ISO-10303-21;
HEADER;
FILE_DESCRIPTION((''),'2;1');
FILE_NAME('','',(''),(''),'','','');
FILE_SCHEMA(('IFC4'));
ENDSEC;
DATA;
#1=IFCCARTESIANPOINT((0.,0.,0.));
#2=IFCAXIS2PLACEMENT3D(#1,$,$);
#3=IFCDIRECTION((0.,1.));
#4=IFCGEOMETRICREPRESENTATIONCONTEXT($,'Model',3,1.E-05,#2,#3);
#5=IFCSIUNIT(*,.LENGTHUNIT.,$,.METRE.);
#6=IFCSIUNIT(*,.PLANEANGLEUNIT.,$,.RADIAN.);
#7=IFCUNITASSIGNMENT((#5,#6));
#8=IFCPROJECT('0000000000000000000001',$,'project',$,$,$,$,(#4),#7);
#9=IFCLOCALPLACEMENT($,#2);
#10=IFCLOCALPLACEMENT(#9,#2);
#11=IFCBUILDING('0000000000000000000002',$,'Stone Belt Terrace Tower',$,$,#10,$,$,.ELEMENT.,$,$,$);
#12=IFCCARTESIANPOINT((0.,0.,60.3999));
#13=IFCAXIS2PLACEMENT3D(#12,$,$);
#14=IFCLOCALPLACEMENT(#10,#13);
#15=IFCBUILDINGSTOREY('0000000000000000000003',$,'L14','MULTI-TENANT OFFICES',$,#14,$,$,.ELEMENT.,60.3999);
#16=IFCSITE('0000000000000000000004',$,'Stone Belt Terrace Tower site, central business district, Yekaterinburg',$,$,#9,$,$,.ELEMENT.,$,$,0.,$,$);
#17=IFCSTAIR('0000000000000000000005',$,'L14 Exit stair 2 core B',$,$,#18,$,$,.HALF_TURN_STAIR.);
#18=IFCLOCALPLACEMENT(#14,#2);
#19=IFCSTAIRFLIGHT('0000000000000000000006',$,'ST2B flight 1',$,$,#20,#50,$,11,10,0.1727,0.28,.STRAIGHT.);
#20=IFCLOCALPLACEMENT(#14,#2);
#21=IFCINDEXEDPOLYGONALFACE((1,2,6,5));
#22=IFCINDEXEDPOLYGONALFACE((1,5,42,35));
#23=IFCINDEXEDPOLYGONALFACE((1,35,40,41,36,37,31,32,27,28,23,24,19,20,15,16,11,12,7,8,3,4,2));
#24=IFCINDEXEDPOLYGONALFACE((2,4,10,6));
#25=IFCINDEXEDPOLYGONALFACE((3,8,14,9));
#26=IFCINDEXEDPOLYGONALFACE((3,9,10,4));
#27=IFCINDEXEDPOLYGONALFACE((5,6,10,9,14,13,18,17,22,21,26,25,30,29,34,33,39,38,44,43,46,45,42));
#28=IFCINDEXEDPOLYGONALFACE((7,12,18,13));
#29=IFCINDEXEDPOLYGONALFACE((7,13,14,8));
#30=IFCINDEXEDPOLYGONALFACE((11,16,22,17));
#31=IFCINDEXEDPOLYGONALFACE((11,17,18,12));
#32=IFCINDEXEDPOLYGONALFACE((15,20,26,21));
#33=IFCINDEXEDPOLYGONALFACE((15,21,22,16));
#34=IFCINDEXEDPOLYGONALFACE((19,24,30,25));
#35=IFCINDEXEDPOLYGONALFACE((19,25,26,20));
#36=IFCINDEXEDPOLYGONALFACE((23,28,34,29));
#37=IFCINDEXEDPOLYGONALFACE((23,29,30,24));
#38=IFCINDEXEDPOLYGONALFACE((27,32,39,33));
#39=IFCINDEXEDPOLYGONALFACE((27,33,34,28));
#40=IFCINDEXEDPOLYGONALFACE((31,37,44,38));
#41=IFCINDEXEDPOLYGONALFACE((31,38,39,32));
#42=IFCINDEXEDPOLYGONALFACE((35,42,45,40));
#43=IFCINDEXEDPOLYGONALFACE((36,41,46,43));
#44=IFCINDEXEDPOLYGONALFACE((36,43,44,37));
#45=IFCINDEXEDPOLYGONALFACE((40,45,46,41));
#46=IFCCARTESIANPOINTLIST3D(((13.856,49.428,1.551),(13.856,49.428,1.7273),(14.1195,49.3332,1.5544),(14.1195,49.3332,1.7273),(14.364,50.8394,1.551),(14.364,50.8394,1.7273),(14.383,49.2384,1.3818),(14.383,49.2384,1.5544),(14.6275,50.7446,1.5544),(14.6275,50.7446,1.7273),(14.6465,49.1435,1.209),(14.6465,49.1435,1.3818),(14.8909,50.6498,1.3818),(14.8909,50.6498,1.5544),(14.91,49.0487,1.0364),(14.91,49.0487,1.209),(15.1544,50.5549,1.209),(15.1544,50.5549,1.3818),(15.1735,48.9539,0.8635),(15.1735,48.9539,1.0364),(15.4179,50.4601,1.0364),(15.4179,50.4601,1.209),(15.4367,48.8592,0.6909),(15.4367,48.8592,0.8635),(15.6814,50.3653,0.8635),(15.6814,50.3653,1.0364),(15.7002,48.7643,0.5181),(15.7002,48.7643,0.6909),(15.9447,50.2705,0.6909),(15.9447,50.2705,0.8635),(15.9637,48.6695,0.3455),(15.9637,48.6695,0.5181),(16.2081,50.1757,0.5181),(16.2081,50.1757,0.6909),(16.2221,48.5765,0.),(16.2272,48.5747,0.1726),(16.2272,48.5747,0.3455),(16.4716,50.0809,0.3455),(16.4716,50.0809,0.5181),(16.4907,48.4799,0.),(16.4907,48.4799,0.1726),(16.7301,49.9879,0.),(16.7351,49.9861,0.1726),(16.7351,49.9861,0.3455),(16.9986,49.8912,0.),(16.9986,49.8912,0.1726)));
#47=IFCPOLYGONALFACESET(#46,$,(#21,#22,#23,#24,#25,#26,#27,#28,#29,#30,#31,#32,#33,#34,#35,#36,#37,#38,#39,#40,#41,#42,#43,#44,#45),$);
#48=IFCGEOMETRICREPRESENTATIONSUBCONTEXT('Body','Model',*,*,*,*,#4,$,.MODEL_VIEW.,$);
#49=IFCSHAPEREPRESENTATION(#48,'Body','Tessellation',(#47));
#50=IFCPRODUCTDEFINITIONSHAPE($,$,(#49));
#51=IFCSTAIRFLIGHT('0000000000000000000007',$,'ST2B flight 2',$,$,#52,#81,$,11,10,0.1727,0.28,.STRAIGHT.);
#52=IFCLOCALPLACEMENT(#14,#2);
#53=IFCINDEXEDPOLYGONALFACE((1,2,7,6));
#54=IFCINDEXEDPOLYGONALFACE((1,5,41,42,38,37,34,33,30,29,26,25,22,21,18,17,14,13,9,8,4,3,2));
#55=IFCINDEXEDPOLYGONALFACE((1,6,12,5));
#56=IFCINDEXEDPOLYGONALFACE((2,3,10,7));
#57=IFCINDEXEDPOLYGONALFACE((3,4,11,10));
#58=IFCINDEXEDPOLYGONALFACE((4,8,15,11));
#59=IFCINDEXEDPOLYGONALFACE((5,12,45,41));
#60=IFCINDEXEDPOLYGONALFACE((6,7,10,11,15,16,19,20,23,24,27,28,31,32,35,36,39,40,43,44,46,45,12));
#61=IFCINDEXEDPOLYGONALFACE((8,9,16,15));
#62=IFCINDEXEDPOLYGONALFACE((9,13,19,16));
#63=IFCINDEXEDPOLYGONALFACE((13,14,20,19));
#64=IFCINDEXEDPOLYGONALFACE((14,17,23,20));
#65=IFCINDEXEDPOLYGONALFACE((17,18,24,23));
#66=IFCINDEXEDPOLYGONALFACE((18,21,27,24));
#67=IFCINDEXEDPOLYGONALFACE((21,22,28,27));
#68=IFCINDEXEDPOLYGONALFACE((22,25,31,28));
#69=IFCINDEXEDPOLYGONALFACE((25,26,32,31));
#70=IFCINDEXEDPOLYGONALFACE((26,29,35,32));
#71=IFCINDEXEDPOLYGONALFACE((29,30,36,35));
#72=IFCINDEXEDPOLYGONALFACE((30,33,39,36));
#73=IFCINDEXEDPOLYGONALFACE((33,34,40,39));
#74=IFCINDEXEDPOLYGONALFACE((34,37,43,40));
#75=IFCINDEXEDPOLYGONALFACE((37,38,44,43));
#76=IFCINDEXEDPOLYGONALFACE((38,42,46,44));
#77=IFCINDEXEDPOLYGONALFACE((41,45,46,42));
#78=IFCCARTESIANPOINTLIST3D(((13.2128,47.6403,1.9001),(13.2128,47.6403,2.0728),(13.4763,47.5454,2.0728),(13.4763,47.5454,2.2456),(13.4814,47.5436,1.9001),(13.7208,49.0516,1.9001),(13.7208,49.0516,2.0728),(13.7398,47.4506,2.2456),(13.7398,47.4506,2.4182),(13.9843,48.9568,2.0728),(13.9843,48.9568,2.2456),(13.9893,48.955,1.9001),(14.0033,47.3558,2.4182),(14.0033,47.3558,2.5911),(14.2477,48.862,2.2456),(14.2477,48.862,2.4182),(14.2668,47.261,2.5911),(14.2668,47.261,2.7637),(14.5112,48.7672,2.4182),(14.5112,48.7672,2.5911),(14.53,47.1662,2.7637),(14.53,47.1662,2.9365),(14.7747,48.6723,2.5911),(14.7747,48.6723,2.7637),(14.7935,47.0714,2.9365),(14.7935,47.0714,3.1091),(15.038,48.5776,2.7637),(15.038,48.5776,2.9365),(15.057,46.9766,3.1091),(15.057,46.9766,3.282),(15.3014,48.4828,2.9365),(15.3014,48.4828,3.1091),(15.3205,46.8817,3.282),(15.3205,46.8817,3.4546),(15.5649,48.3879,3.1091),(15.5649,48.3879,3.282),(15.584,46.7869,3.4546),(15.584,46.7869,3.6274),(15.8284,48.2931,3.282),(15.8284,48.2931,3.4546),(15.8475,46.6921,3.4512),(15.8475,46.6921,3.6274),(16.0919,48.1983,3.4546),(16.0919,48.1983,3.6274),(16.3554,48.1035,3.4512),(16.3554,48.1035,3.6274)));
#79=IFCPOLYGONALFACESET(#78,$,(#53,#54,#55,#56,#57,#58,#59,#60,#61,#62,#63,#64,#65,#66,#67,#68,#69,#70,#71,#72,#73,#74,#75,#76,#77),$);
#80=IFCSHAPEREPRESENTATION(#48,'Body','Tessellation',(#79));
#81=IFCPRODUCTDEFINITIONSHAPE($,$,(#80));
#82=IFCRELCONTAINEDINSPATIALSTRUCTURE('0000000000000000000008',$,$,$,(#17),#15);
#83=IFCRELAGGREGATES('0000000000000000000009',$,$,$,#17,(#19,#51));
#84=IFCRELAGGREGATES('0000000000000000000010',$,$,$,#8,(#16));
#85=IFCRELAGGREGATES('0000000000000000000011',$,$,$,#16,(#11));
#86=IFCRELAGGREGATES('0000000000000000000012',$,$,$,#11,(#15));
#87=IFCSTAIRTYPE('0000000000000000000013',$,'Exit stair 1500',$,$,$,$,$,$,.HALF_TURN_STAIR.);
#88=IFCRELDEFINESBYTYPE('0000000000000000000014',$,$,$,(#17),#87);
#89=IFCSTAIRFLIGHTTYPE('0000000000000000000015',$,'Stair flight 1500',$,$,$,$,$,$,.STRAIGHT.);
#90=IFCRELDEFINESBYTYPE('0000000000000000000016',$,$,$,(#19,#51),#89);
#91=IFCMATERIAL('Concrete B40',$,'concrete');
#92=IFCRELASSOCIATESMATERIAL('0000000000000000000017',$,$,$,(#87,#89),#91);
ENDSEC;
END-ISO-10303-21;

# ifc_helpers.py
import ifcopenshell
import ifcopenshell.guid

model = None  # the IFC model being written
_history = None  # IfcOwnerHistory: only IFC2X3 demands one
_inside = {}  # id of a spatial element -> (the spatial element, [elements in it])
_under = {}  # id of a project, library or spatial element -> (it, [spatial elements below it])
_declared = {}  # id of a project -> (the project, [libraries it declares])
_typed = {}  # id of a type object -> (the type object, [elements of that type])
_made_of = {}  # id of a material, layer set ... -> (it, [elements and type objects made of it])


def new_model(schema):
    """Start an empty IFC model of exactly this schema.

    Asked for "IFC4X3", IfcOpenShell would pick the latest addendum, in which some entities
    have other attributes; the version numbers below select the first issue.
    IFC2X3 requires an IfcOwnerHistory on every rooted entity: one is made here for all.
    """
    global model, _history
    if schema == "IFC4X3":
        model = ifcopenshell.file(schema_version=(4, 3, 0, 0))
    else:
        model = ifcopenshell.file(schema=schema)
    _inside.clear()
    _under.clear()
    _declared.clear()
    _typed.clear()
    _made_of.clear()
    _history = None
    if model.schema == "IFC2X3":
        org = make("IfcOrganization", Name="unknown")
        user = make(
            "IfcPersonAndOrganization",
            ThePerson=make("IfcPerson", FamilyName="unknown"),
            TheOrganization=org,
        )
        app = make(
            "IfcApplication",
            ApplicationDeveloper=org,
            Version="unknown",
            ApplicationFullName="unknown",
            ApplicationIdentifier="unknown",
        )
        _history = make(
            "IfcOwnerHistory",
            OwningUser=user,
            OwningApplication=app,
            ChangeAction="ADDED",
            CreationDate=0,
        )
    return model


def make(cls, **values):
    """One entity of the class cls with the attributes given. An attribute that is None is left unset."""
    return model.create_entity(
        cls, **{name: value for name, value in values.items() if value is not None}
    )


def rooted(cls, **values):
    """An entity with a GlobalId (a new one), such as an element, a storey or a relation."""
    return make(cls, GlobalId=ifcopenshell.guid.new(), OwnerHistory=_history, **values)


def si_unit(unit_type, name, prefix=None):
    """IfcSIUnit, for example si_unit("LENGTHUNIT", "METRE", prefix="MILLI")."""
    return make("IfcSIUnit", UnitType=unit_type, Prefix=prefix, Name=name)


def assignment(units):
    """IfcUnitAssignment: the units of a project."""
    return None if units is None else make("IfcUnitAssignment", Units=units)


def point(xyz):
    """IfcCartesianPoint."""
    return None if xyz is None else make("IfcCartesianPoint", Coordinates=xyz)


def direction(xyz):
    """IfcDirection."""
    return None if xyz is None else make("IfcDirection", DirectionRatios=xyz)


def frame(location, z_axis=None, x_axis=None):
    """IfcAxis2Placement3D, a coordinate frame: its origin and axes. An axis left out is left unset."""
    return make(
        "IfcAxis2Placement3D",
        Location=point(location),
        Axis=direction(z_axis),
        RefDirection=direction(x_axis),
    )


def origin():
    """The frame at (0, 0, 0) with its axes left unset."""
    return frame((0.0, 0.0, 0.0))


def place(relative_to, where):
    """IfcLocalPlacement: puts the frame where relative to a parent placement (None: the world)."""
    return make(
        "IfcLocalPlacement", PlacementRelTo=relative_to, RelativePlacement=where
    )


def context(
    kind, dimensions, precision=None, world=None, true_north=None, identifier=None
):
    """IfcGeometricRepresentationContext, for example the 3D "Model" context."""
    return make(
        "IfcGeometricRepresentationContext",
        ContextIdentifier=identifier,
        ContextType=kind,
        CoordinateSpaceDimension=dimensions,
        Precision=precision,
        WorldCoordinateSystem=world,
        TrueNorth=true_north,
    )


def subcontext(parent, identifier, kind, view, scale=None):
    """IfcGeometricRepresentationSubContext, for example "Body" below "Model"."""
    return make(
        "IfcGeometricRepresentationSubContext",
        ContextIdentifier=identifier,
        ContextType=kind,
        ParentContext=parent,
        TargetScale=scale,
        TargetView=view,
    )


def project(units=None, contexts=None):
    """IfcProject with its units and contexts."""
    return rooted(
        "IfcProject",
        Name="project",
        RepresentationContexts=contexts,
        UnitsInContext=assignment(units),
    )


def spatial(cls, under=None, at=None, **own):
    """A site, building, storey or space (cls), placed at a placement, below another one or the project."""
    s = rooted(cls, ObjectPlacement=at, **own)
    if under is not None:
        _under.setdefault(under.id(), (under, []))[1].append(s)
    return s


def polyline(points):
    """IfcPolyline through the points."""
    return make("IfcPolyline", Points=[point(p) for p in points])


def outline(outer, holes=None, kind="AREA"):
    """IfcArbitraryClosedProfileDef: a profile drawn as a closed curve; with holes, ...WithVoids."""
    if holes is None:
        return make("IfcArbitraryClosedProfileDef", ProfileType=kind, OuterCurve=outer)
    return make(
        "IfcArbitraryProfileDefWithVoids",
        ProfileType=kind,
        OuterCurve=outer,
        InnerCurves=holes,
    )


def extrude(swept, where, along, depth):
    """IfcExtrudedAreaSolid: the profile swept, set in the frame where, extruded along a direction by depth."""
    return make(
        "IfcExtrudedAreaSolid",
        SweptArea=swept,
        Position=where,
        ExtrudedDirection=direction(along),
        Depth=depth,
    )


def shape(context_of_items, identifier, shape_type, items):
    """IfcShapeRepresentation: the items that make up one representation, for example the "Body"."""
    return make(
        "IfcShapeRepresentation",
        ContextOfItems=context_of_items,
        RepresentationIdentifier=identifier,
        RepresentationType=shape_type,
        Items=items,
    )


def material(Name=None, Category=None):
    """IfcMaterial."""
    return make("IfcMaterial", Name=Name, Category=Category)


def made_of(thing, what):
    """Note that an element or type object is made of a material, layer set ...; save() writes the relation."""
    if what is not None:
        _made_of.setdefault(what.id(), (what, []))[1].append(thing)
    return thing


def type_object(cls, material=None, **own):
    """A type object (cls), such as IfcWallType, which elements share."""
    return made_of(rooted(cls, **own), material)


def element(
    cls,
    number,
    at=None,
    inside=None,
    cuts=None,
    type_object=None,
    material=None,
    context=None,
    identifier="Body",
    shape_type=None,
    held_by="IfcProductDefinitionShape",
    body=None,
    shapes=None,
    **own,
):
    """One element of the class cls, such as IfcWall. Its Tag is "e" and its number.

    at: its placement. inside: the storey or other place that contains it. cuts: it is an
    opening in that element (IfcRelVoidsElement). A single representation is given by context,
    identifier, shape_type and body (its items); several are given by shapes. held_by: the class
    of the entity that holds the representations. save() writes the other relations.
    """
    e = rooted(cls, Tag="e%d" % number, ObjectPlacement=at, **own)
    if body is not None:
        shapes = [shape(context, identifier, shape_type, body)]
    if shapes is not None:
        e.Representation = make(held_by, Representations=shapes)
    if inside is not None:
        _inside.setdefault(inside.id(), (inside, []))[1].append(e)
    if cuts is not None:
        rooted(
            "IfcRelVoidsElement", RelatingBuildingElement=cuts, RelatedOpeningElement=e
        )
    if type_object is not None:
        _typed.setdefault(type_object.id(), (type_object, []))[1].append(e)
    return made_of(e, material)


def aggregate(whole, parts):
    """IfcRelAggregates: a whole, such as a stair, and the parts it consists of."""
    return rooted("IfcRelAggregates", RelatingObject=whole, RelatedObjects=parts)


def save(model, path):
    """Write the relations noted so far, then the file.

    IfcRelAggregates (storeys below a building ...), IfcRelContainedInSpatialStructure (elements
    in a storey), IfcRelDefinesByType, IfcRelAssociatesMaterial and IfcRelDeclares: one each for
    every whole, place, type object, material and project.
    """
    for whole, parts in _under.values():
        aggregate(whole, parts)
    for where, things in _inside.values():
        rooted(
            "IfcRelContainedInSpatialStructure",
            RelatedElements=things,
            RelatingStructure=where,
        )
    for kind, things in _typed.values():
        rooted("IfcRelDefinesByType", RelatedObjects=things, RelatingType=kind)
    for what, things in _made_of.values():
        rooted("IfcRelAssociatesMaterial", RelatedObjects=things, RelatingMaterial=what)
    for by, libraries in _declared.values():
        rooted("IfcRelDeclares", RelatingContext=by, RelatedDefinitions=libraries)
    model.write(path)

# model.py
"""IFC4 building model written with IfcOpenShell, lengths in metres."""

from ifc_helpers import new_model, si_unit, direction, frame, origin, place, context, subcontext, project, spatial, polyline, outline, extrude, material, type_object, element, aggregate, save


model = new_model("IFC4")

# Units and contexts
model_context = context("Model", 3, precision=1e-05, world=origin(), true_north=direction((0.0, 1.0)))
body_context = subcontext(model_context, "Body", "Model", "MODEL_VIEW")
ifc_project = project(units=[si_unit("LENGTHUNIT", "METRE"), si_unit("PLANEANGLEUNIT", "RADIAN")], contexts=[model_context])

# Site, building, storey
site_placement = place(None, origin())
site = spatial("IfcSite", under=ifc_project, at=site_placement, Name="Stone Belt Terrace Tower site, central business district, Yekaterinburg", CompositionType="ELEMENT", RefElevation=0.0)
building_placement = place(site_placement, origin())
building = spatial("IfcBuilding", under=site, at=building_placement, Name="Stone Belt Terrace Tower", CompositionType="ELEMENT")
storey_placement = place(building_placement, frame((0.0, 0.0, 60.3999)))
storey = spatial("IfcBuildingStorey", under=building, at=storey_placement, Name="L14", Description="MULTI-TENANT OFFICES", CompositionType="ELEMENT", Elevation=60.3999)

# Stair, stair flights
ifc_material_1 = material(Name="Concrete B40", Category="concrete")
stair_type = type_object("IfcStairType", Name="Exit stair 1500", PredefinedType="HALF_TURN_STAIR", material=ifc_material_1)
stair_placement = place(storey_placement, origin())
stair = element("IfcStair", 1, at=stair_placement, inside=storey, type_object=stair_type, Name="L14 Exit stair 2 core B", PredefinedType="HALF_TURN_STAIR")
stair_flight_type = type_object("IfcStairFlightType", Name="Stair flight 1500", PredefinedType="STRAIGHT", material=ifc_material_1)
stair_flight_1_placement = place(storey_placement, frame((16.7446, 49.1855, 0.0), z_axis=(0.0, 0.0, 1.0), x_axis=(-0.940922, 0.338624, 0.0)))
stair_flight_1 = element("IfcStairFlight", 2, at=stair_flight_1_placement, type_object=stair_flight_type, Name="ST2B flight 1", NumberOfRisers=11, NumberOfTreads=10, PredefinedType="STRAIGHT", RiserHeight=0.1727, TreadLength=0.28, context=body_context, shape_type="SweptSolid", body=[
    extrude(outline(polyline([(0.0, 0.0), (0.0, 0.1726), (0.28, 0.1726), (0.28, 0.3455), (0.5601, 0.3455), (0.5601, 0.5181), (0.8401, 0.5181), (0.8401, 0.6909), (1.1201, 0.6909), (1.1201, 0.8635), (1.3999, 0.8635), (1.3999, 1.0364), (1.6799, 1.0364), (1.6799, 1.209), (1.96, 1.209), (1.96, 1.3818), (2.24, 1.3818), (2.24, 1.5544), (2.52, 1.5544), (2.52, 1.7273), (2.8, 1.7273), (2.8, 1.8999), (2.8, 1.551), (0.2854, 0.0), (0.0, 0.0)])), frame((0.0, 0.75, 0.0), z_axis=(0.0, -1.0, 0.0), x_axis=(1.0, 0.0, 0.0)), (0.0, 0.0, 1.0), 1.5),
])
stair_flight_2_placement = place(storey_placement, frame((13.4668, 48.3459, 1.9001), z_axis=(0.0, 0.0, 1.0), x_axis=(0.940922, -0.338624, 0.0)))
stair_flight_2 = element("IfcStairFlight", 3, at=stair_flight_2_placement, type_object=stair_flight_type, Name="ST2B flight 2", NumberOfRisers=11, NumberOfTreads=10, PredefinedType="STRAIGHT", RiserHeight=0.1727, TreadLength=0.28, context=body_context, shape_type="SweptSolid", body=[
    extrude(outline(polyline([(0.0, 0.0), (0.0, 0.1726), (0.28, 0.1726), (0.28, 0.3455), (0.5601, 0.3455), (0.5601, 0.5181), (0.8401, 0.5181), (0.8401, 0.6909), (1.1201, 0.6909), (1.1201, 0.8635), (1.3999, 0.8635), (1.3999, 1.0364), (1.6799, 1.0364), (1.6799, 1.209), (1.96, 1.209), (1.96, 1.3818), (2.24, 1.3818), (2.24, 1.5544), (2.52, 1.5544), (2.52, 1.7273), (2.8, 1.7273), (2.8, 1.8999), (2.8, 1.551), (0.2854, 0.0), (0.0, 0.0)])), frame((0.0, 0.75, 0.0), z_axis=(0.0, -1.0, 0.0), x_axis=(1.0, 0.0, 0.0)), (0.0, 0.0, 1.0), 1.5),
])
aggregate(stair, [stair_flight_1, stair_flight_2])

save(model, "model.ifc")
